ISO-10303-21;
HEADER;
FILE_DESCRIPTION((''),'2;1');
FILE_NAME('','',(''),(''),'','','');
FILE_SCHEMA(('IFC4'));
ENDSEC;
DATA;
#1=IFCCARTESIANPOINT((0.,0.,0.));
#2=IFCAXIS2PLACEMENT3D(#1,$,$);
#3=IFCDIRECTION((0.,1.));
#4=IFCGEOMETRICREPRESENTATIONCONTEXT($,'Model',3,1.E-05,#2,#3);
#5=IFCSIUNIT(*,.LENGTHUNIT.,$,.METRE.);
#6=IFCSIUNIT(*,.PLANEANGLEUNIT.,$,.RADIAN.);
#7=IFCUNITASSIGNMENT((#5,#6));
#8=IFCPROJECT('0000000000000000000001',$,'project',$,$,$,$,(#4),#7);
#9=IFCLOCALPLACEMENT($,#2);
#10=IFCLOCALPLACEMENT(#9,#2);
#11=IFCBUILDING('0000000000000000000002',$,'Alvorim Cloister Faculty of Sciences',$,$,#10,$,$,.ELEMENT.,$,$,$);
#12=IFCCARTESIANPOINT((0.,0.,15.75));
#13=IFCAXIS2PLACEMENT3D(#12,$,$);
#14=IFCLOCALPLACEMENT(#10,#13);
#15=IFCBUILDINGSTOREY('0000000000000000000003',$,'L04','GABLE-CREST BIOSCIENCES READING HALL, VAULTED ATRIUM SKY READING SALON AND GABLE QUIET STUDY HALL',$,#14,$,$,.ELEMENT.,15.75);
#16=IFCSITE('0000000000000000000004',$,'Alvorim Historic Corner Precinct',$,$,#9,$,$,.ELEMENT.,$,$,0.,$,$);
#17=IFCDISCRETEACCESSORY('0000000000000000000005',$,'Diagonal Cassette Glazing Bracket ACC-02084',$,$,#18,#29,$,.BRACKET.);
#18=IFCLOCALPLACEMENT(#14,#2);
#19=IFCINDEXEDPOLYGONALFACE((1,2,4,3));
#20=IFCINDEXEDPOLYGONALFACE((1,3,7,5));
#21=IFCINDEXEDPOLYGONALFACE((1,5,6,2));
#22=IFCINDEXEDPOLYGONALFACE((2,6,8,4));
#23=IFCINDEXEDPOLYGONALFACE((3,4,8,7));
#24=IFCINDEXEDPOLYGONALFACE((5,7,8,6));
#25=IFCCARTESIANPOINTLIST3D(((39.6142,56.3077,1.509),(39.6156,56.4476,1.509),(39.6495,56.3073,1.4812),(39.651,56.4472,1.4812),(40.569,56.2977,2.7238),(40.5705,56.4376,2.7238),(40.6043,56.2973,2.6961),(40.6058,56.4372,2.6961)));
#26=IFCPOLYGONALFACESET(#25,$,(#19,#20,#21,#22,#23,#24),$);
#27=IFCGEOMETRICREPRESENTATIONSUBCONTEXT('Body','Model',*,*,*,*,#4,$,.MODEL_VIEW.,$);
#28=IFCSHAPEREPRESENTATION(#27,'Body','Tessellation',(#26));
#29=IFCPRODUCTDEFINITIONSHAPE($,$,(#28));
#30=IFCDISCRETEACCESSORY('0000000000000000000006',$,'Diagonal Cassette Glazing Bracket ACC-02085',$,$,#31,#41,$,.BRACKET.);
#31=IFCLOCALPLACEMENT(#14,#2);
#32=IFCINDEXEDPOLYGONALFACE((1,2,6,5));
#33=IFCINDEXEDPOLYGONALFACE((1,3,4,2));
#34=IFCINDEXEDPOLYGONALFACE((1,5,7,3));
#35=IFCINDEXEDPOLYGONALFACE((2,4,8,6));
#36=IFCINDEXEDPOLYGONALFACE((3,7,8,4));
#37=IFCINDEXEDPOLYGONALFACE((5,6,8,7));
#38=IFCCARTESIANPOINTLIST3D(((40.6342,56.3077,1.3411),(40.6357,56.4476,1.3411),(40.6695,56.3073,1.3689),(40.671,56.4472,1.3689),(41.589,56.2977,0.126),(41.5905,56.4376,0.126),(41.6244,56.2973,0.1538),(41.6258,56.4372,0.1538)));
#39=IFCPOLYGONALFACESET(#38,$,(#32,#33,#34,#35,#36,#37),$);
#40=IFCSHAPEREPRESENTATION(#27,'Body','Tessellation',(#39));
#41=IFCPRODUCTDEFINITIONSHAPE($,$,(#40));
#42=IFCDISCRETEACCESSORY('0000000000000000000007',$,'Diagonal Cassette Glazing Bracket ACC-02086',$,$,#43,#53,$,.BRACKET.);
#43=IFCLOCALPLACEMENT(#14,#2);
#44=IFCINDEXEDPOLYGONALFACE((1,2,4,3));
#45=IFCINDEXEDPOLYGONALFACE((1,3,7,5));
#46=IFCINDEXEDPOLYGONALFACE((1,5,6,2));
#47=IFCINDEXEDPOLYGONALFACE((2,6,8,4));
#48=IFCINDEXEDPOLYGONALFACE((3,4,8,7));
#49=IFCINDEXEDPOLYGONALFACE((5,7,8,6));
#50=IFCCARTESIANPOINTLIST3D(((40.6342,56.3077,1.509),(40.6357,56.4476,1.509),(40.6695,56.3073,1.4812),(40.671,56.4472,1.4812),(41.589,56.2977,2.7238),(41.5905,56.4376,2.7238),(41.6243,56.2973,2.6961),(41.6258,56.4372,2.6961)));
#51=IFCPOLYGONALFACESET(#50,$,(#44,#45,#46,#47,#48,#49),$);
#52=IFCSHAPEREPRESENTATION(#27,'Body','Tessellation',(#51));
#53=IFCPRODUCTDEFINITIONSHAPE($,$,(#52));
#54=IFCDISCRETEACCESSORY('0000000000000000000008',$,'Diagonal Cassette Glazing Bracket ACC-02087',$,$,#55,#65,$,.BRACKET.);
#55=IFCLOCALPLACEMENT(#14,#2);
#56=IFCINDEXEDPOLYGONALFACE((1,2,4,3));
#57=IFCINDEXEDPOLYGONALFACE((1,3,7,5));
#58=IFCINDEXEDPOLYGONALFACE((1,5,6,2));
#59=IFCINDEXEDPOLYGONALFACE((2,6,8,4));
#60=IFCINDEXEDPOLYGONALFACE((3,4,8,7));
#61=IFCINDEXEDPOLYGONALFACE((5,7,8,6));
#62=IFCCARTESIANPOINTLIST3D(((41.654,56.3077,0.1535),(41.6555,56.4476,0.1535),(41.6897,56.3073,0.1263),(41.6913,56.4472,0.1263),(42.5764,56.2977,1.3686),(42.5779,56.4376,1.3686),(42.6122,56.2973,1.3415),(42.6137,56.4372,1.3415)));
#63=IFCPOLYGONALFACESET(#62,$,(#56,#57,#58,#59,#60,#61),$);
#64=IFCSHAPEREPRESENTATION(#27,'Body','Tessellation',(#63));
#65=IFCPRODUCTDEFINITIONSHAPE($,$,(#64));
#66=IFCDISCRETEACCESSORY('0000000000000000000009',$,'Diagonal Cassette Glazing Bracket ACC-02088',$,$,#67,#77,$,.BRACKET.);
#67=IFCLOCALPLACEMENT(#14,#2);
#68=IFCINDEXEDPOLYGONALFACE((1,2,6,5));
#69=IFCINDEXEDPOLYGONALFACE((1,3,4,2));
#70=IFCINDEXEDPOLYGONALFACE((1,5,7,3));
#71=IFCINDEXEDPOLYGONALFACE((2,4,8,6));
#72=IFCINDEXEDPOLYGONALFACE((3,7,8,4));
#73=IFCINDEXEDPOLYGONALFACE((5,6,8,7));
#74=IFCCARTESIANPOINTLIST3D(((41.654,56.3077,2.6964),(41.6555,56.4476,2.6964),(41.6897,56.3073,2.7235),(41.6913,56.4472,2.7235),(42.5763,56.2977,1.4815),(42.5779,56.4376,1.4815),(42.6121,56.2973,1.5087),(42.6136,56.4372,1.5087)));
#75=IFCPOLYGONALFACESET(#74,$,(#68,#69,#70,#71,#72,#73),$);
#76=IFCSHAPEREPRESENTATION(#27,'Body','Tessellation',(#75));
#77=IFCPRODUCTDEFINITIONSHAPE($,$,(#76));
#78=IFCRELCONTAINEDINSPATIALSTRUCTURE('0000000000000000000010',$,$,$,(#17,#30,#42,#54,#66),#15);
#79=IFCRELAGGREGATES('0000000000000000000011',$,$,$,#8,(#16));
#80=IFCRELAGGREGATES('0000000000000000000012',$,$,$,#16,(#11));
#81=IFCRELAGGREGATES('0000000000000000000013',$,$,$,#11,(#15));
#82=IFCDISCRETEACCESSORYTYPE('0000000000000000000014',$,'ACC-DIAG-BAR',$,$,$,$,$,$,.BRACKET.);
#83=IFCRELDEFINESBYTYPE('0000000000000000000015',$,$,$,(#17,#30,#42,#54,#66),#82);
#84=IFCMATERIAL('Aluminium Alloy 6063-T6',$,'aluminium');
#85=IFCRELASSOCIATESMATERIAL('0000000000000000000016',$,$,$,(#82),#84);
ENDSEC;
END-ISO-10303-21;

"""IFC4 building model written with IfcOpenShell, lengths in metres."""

from ifc_helpers import new_model, si_unit, direction, frame, origin, origin_2d, place, context, subcontext, project, spatial, rectangle, extrude, material, type_object, element, save


model = new_model("IFC4")

# Units and contexts
model_context = context("Model", 3, precision=1e-05, world=origin(), true_north=direction((0.0, 1.0)))
body_context = subcontext(model_context, "Body", "Model", "MODEL_VIEW")
ifc_project = project(units=[si_unit("LENGTHUNIT", "METRE"), si_unit("PLANEANGLEUNIT", "RADIAN")], contexts=[model_context])

# Site, building, storey
site_placement = place(None, origin())
site = spatial("IfcSite", under=ifc_project, at=site_placement, Name="Alvorim Historic Corner Precinct", CompositionType="ELEMENT", RefElevation=0.0)
building_placement = place(site_placement, origin())
building = spatial("IfcBuilding", under=site, at=building_placement, Name="Alvorim Cloister Faculty of Sciences", CompositionType="ELEMENT")
storey_placement = place(building_placement, frame((0.0, 0.0, 15.75)))
storey = spatial("IfcBuildingStorey", under=building, at=storey_placement, Name="L04", Description="GABLE-CREST BIOSCIENCES READING HALL, VAULTED ATRIUM SKY READING SALON AND GABLE QUIET STUDY HALL", CompositionType="ELEMENT", Elevation=15.75)

# Shared definitions
ifc_material_1 = material(Name="Aluminium Alloy 6063-T6", Category="aluminium")

# Discrete accessories
discrete_accessory_type = type_object("IfcDiscreteAccessoryType", Name="ACC-DIAG-BAR", PredefinedType="BRACKET", material=ifc_material_1)
discrete_accessory_1_placement = place(storey_placement, frame((39.6326, 56.3774, 1.4951), z_axis=(0.617934, -0.006478, 0.786203), x_axis=(0.010483, 0.999945, 0.0)))
element("IfcDiscreteAccessory", 1, at=discrete_accessory_1_placement, inside=storey, type_object=discrete_accessory_type, Name="Diagonal Cassette Glazing Bracket ACC-02084", PredefinedType="BRACKET", context=body_context, shape_type="SweptSolid", body=[
    extrude(rectangle(XDim=0.1399, YDim=0.0449, at=origin_2d()), origin(), (0.0, 0.0, 1.0), 1.5452),
])
discrete_accessory_2_placement = place(storey_placement, frame((40.6526, 56.3774, 1.355), z_axis=(0.617857, -0.006477, -0.786263), x_axis=(0.010483, 0.999945, 0.0)))
element("IfcDiscreteAccessory", 2, at=discrete_accessory_2_placement, inside=storey, type_object=discrete_accessory_type, Name="Diagonal Cassette Glazing Bracket ACC-02085", PredefinedType="BRACKET", context=body_context, shape_type="SweptSolid", body=[
    extrude(rectangle(XDim=0.1399, YDim=0.0449, at=origin_2d()), origin(), (0.0, 0.0, 1.0), 1.5454),
])
discrete_accessory_3_placement = place(storey_placement, frame((40.6526, 56.3774, 1.4951), z_axis=(0.617934, -0.006478, 0.786203), x_axis=(0.010483, 0.999945, 0.0)))
element("IfcDiscreteAccessory", 3, at=discrete_accessory_3_placement, inside=storey, type_object=discrete_accessory_type, Name="Diagonal Cassette Glazing Bracket ACC-02086", PredefinedType="BRACKET", context=body_context, shape_type="SweptSolid", body=[
    extrude(rectangle(XDim=0.1399, YDim=0.0449, at=origin_2d()), origin(), (0.0, 0.0, 1.0), 1.5452),
])
discrete_accessory_4_placement = place(storey_placement, frame((41.6726, 56.3774, 0.1399), z_axis=(0.604612, -0.006561, 0.796493), x_axis=(0.010852, 0.999941, 0.0)))
element("IfcDiscreteAccessory", 4, at=discrete_accessory_4_placement, inside=storey, type_object=discrete_accessory_type, Name="Diagonal Cassette Glazing Bracket ACC-02087", PredefinedType="BRACKET", context=body_context, shape_type="SweptSolid", body=[
    extrude(rectangle(XDim=0.1399, YDim=0.0449, at=origin_2d()), origin(), (0.0, 0.0, 1.0), 1.5256),
])
discrete_accessory_5_placement = place(storey_placement, frame((41.6726, 56.3774, 2.71), z_axis=(0.604689, -0.006562, -0.796435), x_axis=(0.010852, 0.999941, 0.0)))
element("IfcDiscreteAccessory", 5, at=discrete_accessory_5_placement, inside=storey, type_object=discrete_accessory_type, Name="Diagonal Cassette Glazing Bracket ACC-02088", PredefinedType="BRACKET", context=body_context, shape_type="SweptSolid", body=[
    extrude(rectangle(XDim=0.1399, YDim=0.0449, at=origin_2d()), origin(), (0.0, 0.0, 1.0), 1.5254),
])

save(model, "model.ifc")
